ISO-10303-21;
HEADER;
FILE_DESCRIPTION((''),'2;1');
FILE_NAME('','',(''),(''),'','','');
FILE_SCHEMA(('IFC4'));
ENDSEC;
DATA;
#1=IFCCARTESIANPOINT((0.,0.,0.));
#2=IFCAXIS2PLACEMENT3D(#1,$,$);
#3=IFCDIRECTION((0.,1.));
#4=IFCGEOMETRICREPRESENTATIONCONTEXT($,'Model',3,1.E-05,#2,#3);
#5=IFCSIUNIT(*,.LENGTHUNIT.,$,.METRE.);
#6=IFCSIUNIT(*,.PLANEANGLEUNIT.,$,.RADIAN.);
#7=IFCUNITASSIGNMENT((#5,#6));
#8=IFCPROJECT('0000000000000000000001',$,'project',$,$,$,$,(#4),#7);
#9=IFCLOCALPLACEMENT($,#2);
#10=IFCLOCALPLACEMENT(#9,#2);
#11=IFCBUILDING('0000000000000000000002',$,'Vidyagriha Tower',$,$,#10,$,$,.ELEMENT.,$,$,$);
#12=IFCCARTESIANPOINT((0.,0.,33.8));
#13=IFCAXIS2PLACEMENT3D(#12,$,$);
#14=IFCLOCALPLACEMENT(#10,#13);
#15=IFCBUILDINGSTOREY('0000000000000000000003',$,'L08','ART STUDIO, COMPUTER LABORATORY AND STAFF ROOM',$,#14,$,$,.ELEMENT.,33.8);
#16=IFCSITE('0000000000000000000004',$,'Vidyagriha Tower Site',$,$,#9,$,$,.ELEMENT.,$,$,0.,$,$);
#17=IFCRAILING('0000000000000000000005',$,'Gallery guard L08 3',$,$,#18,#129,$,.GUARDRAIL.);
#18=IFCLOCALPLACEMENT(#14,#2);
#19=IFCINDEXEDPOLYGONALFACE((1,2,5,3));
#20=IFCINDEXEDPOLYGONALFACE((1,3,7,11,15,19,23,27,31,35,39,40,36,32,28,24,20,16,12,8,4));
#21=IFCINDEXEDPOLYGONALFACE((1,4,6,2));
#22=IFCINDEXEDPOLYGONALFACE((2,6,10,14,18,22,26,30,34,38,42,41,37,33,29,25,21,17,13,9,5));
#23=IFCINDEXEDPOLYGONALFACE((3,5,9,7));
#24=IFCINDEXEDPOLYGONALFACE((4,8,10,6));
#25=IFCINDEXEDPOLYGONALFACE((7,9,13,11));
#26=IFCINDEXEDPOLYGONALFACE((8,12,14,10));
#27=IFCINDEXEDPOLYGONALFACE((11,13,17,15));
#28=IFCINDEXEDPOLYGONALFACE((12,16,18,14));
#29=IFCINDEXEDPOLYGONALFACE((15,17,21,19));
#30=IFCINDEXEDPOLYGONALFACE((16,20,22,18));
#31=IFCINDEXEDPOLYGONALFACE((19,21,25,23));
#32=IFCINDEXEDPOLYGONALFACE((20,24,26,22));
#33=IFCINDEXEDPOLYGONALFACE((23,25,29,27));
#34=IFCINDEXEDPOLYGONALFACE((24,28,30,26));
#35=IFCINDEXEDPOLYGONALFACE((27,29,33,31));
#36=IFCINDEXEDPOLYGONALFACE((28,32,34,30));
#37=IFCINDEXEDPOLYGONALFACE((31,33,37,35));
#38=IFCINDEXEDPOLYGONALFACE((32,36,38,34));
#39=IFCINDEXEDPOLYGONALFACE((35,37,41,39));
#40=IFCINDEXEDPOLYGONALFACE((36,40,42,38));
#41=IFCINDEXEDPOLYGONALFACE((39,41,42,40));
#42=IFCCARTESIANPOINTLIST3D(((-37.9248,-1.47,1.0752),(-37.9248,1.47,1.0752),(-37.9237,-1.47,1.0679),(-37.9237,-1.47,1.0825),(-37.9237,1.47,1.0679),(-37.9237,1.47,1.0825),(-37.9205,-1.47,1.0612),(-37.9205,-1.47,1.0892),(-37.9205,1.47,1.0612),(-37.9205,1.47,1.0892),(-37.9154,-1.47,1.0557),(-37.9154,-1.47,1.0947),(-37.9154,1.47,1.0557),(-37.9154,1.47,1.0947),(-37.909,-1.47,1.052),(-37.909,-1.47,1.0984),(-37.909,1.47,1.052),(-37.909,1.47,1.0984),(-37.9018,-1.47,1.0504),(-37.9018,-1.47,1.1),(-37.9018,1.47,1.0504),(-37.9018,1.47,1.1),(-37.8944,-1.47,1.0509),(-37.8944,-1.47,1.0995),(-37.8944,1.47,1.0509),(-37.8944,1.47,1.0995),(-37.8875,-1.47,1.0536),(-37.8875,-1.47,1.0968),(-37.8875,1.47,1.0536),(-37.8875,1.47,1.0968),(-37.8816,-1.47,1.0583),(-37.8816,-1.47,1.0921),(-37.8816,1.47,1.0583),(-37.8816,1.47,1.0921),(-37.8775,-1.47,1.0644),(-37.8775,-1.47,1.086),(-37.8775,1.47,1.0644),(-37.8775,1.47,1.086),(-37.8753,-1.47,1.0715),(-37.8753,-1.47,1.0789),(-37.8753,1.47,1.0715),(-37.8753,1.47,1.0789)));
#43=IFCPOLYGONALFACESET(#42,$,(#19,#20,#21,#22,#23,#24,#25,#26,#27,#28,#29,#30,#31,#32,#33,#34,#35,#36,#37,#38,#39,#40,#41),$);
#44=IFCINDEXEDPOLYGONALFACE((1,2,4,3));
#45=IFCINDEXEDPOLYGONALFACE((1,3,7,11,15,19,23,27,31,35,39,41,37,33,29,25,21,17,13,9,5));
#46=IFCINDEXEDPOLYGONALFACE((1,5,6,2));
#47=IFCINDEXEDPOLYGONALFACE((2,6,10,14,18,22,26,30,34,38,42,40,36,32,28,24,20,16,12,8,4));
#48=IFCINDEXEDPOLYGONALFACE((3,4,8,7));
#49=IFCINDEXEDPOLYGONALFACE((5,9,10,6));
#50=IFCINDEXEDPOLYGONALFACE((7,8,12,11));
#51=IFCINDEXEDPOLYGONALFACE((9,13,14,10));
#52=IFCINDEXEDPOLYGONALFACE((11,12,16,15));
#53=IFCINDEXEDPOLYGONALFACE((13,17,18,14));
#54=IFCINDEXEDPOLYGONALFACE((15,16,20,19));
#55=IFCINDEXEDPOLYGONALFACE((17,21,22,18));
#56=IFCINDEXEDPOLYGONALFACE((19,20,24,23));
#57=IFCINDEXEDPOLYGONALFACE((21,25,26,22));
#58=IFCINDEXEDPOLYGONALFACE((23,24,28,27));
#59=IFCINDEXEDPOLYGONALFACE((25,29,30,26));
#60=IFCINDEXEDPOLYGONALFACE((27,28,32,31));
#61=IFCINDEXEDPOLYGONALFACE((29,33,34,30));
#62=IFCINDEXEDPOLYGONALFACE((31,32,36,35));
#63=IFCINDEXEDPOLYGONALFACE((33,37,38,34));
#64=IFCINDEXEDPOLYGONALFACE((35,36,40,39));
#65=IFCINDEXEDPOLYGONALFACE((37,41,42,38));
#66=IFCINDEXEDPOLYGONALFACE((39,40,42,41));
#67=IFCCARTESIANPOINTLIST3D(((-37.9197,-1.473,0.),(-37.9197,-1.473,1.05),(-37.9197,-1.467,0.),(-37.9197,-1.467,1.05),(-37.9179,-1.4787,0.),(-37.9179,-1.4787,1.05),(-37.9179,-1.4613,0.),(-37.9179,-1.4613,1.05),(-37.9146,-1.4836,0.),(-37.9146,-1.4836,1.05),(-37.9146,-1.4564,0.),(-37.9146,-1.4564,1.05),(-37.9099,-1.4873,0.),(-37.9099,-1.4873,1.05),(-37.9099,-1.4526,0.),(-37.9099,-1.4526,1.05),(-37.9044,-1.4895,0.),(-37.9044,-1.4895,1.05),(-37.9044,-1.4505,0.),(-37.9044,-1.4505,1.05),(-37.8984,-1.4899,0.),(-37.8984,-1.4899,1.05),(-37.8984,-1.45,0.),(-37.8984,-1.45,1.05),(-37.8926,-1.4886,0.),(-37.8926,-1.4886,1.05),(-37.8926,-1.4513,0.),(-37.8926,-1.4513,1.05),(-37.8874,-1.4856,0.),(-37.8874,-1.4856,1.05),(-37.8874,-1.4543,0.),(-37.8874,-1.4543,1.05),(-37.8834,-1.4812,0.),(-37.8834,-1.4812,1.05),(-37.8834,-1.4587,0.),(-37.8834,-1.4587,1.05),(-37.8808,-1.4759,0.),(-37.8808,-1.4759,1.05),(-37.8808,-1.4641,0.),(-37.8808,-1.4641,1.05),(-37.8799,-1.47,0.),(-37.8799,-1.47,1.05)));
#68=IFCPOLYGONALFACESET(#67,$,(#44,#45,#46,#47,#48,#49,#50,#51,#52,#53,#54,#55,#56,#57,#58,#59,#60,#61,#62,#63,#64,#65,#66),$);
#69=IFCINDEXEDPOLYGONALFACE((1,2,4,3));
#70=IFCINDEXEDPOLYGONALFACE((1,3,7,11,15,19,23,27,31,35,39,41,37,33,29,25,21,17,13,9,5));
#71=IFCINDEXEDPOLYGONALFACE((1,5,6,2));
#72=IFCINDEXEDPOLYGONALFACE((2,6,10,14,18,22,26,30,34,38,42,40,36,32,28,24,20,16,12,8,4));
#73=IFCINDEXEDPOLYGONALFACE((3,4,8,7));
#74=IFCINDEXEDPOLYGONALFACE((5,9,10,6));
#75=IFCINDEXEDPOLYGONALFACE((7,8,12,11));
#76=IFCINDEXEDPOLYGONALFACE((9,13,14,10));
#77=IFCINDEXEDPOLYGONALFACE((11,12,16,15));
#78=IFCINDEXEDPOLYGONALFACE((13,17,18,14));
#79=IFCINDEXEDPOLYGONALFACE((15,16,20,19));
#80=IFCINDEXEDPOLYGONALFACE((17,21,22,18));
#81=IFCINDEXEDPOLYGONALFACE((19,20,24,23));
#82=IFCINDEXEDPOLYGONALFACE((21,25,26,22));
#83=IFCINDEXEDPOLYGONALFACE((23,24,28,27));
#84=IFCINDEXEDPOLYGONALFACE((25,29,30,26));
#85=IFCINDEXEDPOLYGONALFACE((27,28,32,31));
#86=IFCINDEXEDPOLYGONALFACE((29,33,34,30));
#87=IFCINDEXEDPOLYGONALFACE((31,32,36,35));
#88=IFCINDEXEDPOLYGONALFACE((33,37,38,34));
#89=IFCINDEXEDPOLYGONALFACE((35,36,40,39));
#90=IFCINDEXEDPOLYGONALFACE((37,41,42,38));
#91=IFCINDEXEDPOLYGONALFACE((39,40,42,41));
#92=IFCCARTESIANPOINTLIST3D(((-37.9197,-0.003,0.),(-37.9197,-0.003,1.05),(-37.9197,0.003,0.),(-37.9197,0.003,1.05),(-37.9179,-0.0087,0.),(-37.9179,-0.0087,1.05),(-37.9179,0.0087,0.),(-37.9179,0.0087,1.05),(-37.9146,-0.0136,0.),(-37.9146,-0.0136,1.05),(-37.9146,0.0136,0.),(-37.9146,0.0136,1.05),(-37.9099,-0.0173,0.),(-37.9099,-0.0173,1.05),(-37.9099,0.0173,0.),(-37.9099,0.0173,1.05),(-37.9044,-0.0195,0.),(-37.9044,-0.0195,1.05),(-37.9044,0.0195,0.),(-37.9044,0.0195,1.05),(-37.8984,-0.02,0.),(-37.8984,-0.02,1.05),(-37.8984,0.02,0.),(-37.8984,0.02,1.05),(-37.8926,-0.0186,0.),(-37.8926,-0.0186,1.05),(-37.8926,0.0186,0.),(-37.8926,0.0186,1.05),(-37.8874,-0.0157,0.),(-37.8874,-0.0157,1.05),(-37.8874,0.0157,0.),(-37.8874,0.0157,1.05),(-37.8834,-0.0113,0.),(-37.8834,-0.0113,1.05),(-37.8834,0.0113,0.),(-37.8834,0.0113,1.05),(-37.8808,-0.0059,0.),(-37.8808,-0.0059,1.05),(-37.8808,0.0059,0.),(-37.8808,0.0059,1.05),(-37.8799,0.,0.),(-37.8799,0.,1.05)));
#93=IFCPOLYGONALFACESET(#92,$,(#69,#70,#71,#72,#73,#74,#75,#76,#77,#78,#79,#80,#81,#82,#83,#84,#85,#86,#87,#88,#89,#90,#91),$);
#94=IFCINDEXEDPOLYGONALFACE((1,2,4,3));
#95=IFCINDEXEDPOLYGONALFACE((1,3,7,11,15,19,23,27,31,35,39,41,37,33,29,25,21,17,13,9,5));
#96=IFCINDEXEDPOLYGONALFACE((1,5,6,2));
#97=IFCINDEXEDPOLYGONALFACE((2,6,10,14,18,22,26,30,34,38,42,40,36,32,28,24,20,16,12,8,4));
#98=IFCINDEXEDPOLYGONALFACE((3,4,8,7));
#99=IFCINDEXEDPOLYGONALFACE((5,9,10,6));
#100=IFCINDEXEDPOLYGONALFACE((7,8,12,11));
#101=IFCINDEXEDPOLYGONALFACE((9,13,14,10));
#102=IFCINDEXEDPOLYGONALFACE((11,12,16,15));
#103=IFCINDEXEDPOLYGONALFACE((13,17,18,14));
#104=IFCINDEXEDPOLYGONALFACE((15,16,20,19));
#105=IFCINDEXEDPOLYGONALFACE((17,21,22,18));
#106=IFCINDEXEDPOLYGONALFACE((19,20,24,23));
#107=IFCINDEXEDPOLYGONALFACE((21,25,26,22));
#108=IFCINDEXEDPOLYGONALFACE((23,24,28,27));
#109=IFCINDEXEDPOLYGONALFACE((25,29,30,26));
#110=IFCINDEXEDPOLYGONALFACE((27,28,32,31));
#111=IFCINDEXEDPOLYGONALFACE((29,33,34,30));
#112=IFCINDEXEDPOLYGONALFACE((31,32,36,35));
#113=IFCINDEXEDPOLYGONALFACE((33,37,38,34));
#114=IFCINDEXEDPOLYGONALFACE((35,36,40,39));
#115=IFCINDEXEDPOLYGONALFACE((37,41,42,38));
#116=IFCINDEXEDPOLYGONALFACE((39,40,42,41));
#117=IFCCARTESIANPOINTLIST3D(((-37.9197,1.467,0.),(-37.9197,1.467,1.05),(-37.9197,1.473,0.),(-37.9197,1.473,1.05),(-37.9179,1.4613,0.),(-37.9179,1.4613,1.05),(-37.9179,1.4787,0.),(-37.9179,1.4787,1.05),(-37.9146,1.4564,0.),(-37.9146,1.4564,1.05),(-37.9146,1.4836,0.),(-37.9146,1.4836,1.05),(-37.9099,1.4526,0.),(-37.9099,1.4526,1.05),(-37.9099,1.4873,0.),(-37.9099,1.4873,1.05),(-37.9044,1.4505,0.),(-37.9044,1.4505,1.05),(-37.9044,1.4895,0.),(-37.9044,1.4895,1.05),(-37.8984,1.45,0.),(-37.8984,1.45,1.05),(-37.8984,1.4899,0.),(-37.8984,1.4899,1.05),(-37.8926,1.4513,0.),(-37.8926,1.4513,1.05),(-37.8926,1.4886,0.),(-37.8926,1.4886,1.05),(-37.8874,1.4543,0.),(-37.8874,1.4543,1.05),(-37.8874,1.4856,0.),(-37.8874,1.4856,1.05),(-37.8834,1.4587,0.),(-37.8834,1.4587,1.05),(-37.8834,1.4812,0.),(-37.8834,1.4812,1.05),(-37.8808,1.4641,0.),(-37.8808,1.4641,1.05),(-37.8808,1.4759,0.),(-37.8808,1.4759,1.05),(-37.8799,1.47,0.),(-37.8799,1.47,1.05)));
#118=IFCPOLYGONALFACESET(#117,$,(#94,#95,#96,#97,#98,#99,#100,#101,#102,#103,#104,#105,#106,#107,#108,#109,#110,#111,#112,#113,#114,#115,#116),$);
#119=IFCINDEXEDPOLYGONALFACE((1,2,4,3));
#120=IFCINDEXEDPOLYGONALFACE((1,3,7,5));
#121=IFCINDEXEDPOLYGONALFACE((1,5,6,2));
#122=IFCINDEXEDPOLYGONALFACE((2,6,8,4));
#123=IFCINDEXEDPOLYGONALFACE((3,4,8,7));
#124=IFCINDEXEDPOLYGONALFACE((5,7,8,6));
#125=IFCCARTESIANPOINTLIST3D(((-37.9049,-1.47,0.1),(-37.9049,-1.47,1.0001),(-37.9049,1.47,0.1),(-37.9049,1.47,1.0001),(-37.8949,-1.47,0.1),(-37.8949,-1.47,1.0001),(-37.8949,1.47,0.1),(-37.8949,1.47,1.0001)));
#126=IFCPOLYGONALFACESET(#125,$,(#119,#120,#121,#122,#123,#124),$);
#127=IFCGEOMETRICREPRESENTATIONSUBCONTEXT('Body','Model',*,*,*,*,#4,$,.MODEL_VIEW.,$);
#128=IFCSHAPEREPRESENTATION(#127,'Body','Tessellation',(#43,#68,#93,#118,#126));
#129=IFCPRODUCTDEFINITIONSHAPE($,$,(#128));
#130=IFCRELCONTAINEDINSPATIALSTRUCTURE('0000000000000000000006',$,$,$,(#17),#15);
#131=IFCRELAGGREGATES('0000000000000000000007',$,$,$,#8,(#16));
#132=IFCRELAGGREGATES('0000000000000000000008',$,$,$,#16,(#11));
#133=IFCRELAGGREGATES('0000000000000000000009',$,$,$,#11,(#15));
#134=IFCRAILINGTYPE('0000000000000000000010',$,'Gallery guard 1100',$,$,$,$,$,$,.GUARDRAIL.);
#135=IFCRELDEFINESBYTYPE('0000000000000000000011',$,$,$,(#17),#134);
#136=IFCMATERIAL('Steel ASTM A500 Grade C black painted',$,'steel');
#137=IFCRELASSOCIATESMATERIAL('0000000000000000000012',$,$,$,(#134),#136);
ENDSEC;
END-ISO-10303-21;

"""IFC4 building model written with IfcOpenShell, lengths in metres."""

from ifc_helpers import new_model, si_unit, direction, frame, origin, origin_2d, place, context, subcontext, project, spatial, rectangle, circle, extrude, material, type_object, element, save


model = new_model("IFC4")

# Units and contexts
model_context = context("Model", 3, precision=1e-05, world=origin(), true_north=direction((0.0, 1.0)))
body_context = subcontext(model_context, "Body", "Model", "MODEL_VIEW")
ifc_project = project(units=[si_unit("LENGTHUNIT", "METRE"), si_unit("PLANEANGLEUNIT", "RADIAN")], contexts=[model_context])

# Site, building, storey
site_placement = place(None, origin())
site = spatial("IfcSite", under=ifc_project, at=site_placement, Name="Vidyagriha Tower Site", CompositionType="ELEMENT", RefElevation=0.0)
building_placement = place(site_placement, origin())
building = spatial("IfcBuilding", under=site, at=building_placement, Name="Vidyagriha Tower", CompositionType="ELEMENT")
storey_placement = place(building_placement, frame((0.0, 0.0, 33.8)))
storey = spatial("IfcBuildingStorey", under=building, at=storey_placement, Name="L08", Description="ART STUDIO, COMPUTER LABORATORY AND STAFF ROOM", CompositionType="ELEMENT", Elevation=33.8)

# Railing
ifc_material_1 = material(Name="Steel ASTM A500 Grade C black painted", Category="steel")
railing_type = type_object("IfcRailingType", Name="Gallery guard 1100", PredefinedType="GUARDRAIL", material=ifc_material_1)
railing_1_placement = place(storey_placement, frame((-37.8999, -1.47, 0.0)))
element("IfcRailing", 1, at=railing_1_placement, inside=storey, type_object=railing_type, Name="Gallery guard L08 3", PredefinedType="GUARDRAIL", context=body_context, shape_type="SweptSolid", body=[
    extrude(circle(Radius=0.0249, at=origin_2d()), frame((0.0, 0.0, 1.0752), z_axis=(0.0, 1.0, 0.0), x_axis=(-1.0, 0.0, 0.0)), (0.0, 0.0, 1.0), 2.9399),
    extrude(circle(Radius=0.02, at=origin_2d()), origin(), (0.0, 0.0, 1.0), 1.05),
    extrude(circle(Radius=0.02, at=origin_2d()), frame((0.0, 1.47, 0.0)), (0.0, 0.0, 1.0), 1.05),
    extrude(circle(Radius=0.02, at=origin_2d()), frame((0.0, 2.9399, 0.0)), (0.0, 0.0, 1.0), 1.05),
    extrude(rectangle(XDim=0.01, YDim=0.9001, at=origin_2d()), frame((0.0, 0.0, 0.55), z_axis=(0.0, 1.0, 0.0), x_axis=(-1.0, 0.0, 0.0)), (0.0, 0.0, 1.0), 2.9399),
])

save(model, "model.ifc")
